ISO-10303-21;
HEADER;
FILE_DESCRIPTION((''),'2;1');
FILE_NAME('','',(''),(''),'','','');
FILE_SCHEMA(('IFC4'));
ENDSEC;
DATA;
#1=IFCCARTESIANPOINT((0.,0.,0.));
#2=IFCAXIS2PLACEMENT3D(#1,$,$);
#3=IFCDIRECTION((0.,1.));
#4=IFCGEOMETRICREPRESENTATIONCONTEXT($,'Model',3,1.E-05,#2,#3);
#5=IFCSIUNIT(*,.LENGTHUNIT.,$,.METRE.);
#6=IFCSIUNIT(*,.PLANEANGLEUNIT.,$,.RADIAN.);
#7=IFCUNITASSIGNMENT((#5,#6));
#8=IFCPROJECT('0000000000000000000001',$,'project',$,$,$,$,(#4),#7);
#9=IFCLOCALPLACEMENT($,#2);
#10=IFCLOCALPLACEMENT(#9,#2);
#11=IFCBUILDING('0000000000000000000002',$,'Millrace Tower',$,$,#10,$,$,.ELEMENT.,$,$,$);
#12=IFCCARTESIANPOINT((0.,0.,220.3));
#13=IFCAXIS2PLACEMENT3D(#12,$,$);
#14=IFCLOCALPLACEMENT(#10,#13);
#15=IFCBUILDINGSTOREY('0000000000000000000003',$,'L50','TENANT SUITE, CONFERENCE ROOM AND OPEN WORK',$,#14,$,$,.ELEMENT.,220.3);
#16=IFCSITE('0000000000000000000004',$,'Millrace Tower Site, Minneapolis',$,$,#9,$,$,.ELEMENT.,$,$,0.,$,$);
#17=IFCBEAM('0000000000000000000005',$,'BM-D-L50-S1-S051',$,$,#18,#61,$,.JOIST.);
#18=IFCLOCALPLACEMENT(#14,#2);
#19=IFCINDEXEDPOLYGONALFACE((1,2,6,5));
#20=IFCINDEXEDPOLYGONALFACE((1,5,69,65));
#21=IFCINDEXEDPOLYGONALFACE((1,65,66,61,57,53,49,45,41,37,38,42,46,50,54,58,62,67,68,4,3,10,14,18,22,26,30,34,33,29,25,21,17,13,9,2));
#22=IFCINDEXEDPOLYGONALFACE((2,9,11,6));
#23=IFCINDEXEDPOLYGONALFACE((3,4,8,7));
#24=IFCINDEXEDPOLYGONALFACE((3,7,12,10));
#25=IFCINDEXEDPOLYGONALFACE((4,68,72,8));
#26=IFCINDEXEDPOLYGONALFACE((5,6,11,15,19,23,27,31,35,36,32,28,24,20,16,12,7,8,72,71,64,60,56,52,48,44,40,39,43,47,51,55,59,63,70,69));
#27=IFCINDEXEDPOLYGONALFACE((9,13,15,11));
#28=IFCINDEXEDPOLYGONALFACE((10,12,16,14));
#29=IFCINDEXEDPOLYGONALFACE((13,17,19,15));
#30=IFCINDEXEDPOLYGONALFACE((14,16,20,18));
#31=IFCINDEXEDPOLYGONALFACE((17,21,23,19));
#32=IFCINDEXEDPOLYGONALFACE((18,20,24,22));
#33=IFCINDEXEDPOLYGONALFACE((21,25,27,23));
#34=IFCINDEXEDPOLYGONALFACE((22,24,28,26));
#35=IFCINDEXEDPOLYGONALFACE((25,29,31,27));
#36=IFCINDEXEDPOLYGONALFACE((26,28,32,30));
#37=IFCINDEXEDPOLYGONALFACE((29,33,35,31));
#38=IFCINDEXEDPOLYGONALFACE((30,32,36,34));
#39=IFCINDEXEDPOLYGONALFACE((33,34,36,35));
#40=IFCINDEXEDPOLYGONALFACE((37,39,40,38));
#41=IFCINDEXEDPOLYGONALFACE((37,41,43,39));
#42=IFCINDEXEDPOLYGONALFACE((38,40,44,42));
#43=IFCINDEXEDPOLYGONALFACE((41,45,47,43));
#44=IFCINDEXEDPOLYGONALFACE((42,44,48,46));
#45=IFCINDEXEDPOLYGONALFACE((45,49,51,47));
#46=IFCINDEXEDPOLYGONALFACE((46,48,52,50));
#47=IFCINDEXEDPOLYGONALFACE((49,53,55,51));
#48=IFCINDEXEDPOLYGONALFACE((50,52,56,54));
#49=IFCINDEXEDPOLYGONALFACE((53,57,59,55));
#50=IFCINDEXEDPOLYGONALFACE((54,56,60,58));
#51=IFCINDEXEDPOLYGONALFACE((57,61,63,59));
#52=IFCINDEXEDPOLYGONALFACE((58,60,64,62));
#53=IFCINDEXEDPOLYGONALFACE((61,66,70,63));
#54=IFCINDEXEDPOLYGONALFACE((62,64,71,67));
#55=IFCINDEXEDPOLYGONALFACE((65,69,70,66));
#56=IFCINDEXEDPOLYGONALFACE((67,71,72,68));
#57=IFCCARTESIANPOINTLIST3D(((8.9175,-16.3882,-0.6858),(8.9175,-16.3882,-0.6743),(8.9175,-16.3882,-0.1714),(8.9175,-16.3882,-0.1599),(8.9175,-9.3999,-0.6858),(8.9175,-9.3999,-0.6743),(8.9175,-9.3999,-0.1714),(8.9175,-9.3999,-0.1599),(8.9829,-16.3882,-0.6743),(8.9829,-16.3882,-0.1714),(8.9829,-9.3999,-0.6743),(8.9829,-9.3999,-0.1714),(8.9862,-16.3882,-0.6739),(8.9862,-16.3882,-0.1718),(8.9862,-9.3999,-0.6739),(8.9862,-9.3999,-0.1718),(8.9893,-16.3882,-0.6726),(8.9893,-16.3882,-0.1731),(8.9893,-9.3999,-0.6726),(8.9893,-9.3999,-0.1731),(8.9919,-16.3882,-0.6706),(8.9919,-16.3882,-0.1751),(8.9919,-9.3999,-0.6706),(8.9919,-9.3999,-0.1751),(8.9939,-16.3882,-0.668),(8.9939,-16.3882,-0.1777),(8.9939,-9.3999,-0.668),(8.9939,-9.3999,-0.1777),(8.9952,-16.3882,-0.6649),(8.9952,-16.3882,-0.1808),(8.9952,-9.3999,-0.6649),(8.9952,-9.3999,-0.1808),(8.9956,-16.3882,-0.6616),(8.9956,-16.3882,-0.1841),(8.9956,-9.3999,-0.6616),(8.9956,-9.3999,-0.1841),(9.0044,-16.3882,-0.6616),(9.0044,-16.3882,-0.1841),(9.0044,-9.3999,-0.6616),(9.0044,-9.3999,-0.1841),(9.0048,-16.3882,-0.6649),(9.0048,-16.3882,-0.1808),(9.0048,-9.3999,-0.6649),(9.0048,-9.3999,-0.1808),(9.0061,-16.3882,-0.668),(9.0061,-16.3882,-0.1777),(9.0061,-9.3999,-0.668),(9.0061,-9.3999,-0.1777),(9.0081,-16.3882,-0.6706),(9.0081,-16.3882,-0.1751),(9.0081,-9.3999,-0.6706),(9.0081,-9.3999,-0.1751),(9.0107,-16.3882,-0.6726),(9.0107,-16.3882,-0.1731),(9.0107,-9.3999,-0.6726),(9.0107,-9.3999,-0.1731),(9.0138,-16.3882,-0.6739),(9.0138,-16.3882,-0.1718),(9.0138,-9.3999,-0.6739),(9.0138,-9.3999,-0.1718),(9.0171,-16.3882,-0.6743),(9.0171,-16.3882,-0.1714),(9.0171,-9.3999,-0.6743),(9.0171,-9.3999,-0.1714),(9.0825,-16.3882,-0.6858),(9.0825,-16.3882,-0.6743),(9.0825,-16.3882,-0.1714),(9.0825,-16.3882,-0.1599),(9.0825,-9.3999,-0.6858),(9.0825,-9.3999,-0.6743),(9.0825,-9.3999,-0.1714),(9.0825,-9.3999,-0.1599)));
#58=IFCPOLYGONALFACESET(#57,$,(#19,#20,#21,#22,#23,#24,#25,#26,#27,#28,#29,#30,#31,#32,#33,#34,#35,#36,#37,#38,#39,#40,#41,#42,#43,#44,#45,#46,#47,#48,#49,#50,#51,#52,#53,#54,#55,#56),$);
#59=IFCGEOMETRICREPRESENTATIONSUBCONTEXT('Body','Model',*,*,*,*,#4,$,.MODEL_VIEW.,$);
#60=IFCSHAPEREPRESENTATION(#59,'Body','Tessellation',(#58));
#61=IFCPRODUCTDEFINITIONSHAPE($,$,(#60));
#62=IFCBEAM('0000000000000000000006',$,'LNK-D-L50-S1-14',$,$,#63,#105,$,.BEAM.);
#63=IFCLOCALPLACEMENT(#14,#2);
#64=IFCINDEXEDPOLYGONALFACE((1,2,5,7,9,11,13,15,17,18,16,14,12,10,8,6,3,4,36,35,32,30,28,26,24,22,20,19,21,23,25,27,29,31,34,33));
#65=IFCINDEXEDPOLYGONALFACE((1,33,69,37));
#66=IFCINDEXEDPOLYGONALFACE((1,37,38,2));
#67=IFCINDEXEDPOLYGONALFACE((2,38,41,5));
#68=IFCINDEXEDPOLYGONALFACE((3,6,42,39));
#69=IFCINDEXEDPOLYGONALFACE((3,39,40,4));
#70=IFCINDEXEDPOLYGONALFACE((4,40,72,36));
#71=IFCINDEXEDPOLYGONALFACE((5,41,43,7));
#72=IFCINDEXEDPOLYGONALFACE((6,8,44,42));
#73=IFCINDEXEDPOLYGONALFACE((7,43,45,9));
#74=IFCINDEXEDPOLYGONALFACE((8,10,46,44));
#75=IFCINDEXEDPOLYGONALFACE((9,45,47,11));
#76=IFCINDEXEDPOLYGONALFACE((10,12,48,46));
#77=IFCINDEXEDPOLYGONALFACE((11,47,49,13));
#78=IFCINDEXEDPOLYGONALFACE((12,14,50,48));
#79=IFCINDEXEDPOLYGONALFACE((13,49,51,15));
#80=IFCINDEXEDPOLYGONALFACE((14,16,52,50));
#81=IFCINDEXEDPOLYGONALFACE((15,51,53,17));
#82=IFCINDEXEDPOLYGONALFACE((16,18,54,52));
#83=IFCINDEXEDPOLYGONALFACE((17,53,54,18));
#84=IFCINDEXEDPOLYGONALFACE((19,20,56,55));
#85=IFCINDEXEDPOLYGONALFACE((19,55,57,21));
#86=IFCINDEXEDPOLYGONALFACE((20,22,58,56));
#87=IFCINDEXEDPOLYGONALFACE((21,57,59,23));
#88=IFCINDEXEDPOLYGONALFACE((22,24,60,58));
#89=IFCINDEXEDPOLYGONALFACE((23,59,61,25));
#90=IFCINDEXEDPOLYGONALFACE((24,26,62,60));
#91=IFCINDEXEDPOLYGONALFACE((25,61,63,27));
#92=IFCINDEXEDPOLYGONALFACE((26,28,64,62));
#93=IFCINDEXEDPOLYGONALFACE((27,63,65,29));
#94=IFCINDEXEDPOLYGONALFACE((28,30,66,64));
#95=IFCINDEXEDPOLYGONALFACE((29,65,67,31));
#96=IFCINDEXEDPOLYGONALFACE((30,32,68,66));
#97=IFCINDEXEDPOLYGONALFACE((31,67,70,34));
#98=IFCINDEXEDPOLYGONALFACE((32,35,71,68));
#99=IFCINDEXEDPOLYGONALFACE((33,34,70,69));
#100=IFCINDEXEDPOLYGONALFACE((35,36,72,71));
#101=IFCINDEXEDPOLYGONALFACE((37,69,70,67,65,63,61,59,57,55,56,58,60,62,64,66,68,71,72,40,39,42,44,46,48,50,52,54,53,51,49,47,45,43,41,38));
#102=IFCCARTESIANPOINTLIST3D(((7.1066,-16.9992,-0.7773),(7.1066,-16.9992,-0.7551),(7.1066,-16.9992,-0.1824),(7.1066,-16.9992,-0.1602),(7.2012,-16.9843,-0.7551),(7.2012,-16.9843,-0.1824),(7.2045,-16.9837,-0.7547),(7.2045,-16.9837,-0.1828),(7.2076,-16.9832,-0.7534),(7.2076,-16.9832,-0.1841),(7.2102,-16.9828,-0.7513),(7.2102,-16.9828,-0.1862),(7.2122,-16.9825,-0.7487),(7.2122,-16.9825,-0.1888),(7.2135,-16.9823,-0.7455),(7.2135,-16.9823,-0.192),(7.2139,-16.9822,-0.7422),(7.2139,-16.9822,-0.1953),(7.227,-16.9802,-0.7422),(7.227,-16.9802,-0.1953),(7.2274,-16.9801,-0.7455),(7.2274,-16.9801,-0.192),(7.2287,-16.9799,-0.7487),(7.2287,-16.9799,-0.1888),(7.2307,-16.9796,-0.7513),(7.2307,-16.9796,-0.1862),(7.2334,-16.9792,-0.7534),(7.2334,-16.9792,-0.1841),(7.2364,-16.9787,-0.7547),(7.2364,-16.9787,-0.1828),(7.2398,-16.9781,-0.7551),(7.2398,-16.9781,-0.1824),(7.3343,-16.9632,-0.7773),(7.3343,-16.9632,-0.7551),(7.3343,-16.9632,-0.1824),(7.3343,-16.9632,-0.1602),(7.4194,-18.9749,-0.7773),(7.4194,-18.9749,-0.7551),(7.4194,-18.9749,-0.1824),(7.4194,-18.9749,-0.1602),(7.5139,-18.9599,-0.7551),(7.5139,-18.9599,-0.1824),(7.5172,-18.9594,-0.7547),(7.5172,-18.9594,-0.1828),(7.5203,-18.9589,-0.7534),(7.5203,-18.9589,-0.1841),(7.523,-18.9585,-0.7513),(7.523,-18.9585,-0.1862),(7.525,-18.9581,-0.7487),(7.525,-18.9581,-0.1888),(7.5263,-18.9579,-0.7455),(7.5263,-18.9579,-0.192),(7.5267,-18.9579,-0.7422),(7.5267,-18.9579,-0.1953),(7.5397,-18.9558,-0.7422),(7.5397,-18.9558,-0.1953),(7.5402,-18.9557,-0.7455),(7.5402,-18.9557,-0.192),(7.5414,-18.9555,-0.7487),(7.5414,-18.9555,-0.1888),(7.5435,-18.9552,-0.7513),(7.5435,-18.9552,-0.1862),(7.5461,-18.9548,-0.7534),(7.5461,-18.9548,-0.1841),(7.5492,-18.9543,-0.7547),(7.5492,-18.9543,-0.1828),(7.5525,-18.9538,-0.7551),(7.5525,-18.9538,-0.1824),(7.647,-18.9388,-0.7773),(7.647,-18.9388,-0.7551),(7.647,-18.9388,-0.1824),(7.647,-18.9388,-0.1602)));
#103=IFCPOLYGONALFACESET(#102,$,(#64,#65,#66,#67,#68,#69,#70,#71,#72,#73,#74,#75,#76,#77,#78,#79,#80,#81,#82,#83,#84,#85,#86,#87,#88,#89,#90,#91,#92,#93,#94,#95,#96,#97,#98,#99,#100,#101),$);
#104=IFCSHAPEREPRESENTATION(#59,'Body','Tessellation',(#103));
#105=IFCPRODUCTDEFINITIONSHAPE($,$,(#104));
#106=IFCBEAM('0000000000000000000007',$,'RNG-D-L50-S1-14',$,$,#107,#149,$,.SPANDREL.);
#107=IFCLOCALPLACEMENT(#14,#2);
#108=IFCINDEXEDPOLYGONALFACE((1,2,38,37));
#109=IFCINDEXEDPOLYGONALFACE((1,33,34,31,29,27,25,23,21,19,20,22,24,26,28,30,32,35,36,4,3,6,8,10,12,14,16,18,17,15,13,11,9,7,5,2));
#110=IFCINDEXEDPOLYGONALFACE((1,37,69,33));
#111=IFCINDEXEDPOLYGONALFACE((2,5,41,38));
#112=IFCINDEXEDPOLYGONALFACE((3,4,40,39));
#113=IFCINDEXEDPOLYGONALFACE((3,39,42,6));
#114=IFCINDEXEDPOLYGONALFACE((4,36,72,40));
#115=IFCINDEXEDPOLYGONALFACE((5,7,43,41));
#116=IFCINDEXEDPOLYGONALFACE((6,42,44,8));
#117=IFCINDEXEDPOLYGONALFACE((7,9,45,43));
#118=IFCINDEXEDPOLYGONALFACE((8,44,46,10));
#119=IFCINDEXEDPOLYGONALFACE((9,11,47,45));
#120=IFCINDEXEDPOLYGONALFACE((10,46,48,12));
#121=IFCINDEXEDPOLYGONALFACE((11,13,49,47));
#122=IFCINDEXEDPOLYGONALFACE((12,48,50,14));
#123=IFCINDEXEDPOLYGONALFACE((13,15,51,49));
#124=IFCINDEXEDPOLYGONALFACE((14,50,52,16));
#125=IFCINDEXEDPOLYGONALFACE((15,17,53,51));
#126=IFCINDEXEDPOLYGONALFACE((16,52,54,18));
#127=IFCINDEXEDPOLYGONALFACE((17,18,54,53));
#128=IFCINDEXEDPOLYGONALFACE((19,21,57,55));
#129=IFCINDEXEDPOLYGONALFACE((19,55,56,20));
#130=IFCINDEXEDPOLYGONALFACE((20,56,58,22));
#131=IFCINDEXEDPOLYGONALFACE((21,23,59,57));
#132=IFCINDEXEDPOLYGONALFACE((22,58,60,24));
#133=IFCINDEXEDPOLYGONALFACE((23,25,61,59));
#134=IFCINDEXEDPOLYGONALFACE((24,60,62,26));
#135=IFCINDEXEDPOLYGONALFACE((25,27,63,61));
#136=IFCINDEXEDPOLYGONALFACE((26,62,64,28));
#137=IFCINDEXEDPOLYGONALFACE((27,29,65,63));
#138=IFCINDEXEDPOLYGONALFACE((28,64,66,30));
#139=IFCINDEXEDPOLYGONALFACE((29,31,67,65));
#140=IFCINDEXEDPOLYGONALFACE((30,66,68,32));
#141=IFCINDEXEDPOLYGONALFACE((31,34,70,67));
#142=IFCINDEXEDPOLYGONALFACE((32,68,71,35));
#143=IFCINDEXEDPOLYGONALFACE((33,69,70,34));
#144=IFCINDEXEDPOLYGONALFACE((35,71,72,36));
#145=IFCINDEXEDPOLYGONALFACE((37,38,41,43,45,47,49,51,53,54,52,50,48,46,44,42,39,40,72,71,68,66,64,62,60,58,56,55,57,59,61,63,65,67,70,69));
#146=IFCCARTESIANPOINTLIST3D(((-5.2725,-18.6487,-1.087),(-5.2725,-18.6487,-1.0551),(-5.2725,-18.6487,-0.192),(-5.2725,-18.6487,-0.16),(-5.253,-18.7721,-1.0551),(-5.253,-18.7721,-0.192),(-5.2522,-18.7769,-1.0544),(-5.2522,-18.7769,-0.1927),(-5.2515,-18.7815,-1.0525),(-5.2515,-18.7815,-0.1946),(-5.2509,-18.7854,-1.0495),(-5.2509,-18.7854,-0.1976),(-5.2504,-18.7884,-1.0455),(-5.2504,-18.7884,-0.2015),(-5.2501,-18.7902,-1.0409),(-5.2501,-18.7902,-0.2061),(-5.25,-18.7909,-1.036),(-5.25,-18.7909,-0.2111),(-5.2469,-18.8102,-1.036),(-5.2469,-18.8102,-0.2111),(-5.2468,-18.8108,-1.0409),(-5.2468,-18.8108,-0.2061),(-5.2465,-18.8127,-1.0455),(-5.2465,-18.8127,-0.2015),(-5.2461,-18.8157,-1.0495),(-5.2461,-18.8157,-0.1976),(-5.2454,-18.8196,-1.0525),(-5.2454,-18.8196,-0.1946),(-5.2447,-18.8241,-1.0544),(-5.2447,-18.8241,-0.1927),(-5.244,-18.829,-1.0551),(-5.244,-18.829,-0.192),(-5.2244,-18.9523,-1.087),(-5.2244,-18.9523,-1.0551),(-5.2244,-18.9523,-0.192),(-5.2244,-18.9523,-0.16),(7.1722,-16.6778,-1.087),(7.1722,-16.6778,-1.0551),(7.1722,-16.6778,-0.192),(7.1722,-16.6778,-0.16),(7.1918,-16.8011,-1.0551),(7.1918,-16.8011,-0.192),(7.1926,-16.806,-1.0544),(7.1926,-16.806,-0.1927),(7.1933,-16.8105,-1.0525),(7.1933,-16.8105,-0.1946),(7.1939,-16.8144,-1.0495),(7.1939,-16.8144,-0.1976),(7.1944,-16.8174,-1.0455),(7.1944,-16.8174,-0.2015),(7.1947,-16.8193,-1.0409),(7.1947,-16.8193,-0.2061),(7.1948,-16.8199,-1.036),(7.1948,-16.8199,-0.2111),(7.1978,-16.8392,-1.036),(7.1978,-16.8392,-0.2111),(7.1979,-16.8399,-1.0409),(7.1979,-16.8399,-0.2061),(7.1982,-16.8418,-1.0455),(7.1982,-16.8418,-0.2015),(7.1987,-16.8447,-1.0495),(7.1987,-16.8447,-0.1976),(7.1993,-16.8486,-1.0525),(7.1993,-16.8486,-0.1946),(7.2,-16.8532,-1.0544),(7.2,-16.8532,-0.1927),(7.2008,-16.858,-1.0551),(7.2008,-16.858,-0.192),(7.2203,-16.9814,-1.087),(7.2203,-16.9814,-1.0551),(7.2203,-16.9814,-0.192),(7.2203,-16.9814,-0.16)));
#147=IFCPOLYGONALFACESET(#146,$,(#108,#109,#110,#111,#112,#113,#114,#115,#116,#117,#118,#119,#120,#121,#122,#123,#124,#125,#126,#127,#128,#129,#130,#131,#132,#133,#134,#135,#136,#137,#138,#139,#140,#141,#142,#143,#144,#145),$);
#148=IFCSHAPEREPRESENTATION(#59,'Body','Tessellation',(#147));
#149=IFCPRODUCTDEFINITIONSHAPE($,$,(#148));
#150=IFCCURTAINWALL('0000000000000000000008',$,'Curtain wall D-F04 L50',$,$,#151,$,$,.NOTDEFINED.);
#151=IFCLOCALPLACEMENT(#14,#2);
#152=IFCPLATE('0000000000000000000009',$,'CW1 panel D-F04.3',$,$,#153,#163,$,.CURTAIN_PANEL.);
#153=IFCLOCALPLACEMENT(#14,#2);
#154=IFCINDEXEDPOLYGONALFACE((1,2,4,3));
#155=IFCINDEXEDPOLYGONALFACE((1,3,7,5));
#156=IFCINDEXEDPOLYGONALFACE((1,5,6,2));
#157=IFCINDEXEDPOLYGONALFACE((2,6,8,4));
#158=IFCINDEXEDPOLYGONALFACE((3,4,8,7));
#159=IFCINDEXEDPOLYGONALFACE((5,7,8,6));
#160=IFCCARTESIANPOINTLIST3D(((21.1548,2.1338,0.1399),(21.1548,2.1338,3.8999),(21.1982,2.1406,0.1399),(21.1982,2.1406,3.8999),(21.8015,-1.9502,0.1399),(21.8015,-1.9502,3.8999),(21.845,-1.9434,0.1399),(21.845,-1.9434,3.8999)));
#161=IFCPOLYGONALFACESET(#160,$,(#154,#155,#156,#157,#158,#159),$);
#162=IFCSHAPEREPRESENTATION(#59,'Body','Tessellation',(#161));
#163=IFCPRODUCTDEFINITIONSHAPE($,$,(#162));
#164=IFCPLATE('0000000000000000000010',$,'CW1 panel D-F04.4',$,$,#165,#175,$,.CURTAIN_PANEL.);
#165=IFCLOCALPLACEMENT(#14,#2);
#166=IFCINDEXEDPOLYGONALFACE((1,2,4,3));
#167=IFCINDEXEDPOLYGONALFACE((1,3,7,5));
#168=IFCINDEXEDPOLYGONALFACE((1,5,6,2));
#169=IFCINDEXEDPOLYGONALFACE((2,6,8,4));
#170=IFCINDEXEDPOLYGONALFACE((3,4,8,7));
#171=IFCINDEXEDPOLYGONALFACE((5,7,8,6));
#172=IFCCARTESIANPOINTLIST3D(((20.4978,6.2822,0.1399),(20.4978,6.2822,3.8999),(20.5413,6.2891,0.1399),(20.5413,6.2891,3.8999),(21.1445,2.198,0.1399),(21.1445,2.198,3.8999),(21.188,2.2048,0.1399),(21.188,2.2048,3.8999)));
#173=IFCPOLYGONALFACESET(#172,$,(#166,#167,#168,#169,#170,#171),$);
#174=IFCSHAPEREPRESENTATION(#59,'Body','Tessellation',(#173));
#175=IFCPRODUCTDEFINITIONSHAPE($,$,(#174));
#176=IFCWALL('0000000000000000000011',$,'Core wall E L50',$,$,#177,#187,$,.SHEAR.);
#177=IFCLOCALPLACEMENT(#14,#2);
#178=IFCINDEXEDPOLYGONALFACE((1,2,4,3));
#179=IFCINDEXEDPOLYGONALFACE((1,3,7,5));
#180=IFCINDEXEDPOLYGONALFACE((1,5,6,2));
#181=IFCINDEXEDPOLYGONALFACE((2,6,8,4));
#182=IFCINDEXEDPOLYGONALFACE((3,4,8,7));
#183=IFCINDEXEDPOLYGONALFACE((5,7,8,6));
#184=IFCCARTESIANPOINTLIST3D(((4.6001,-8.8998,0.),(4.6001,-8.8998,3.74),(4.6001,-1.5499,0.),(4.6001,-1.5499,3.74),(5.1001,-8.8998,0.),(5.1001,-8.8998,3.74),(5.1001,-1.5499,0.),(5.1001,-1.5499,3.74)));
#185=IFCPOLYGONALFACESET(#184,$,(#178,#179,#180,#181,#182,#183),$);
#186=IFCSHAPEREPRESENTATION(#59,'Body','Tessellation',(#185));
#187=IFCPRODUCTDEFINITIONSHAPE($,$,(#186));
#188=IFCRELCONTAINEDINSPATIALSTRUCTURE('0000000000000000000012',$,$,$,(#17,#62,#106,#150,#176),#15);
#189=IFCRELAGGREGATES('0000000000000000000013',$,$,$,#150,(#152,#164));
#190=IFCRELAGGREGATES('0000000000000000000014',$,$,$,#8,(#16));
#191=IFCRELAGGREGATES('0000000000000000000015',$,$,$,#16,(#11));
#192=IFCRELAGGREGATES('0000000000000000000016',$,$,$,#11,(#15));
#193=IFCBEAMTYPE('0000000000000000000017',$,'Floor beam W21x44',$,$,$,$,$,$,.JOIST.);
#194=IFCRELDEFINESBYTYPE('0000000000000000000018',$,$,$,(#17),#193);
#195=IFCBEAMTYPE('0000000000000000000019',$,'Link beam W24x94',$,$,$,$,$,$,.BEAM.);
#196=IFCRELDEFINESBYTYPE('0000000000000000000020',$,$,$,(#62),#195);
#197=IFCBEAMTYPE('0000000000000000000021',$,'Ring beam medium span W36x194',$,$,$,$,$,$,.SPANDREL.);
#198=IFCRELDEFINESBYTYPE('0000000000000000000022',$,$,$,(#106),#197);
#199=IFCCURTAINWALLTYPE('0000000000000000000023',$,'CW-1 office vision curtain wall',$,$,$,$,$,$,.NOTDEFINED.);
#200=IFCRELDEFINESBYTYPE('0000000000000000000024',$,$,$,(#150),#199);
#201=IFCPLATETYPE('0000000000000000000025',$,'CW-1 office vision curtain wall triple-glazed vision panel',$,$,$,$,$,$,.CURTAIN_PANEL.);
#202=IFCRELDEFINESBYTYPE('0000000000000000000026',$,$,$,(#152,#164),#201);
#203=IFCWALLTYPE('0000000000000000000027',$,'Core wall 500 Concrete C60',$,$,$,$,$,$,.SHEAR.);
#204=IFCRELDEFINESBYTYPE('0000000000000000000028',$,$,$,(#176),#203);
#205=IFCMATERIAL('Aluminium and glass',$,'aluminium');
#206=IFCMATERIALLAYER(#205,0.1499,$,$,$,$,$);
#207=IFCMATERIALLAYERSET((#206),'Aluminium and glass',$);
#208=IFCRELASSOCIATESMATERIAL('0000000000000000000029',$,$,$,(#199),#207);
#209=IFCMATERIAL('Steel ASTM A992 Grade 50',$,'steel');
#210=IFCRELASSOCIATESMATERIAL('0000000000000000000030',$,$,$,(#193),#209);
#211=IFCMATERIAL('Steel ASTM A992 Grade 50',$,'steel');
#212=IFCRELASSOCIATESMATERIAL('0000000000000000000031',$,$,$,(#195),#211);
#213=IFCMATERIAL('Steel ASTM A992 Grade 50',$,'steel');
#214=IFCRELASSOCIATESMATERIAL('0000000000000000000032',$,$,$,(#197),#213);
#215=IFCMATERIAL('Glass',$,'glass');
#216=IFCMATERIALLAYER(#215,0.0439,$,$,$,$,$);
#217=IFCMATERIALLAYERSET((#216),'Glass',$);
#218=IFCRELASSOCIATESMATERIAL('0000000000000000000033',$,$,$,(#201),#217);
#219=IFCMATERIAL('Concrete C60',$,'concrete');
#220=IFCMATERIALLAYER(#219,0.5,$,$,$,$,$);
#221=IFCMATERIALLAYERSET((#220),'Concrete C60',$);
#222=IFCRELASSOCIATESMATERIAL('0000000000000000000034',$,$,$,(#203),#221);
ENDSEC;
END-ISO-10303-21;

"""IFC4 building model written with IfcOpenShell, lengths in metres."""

from ifc_helpers import new_model, si_unit, direction, frame, frame_2d, origin, origin_2d, place, context, subcontext, project, spatial, polyline, rectangle, i_section, outline, extrude, material, layer, layer_set, material_profile, profile_set, type_object, element, aggregate, save


model = new_model("IFC4")

# Units and contexts
model_context = context("Model", 3, precision=1e-05, world=origin(), true_north=direction((0.0, 1.0)))
body_context = subcontext(model_context, "Body", "Model", "MODEL_VIEW")
ifc_project = project(units=[si_unit("LENGTHUNIT", "METRE"), si_unit("PLANEANGLEUNIT", "RADIAN")], contexts=[model_context])

# Site, building, storey
site_placement = place(None, origin())
site = spatial("IfcSite", under=ifc_project, at=site_placement, Name="Millrace Tower Site, Minneapolis", CompositionType="ELEMENT", RefElevation=0.0)
building_placement = place(site_placement, origin())
building = spatial("IfcBuilding", under=site, at=building_placement, Name="Millrace Tower", CompositionType="ELEMENT")
storey_placement = place(building_placement, frame((0.0, 0.0, 220.3)))
storey = spatial("IfcBuildingStorey", under=building, at=storey_placement, Name="L50", Description="TENANT SUITE, CONFERENCE ROOM AND OPEN WORK", CompositionType="ELEMENT", Elevation=220.3)

# Shared definitions
ifc_material_1 = material(Name="Aluminium and glass", Category="aluminium")
ifc_layer_1 = layer(ifc_material_1, 0.1499)
ifc_layer_set_1 = layer_set([ifc_layer_1], Name="Aluminium and glass")
curtain_wall_type = type_object("IfcCurtainWallType", Name="CW-1 office vision curtain wall", PredefinedType="NOTDEFINED", material=ifc_layer_set_1)
placement_1 = place(storey_placement, origin())

# Beams
ifc_material_2 = material(Name="Steel ASTM A992 Grade 50", Category="steel")
ifc_material_profile_1 = material_profile(ifc_material_2, i_section(OverallWidth=0.165, OverallDepth=0.5259, WebThickness=0.0088, FlangeThickness=0.0115, FilletRadius=0.0127, at=origin_2d()))
ifc_profile_set_1 = profile_set([ifc_material_profile_1], Name="Steel ASTM A992 Grade 50")
beam_type_1 = type_object("IfcBeamType", Name="Floor beam W21x44", PredefinedType="JOIST", material=ifc_profile_set_1)
beam_1_placement = place(storey_placement, frame((9.0, -16.3882, -0.4229), z_axis=(0.0, 1.0, 0.0), x_axis=(-1.0, 0.0, 0.0)))
element("IfcBeam", 1, at=beam_1_placement, inside=storey, type_object=beam_type_1, Name="BM-D-L50-S1-S051", PredefinedType="JOIST", context=body_context, shape_type="SweptSolid", body=[
    extrude(i_section(OverallWidth=0.165, OverallDepth=0.5259, WebThickness=0.0088, FlangeThickness=0.0115, FilletRadius=0.0127, at=origin_2d()), origin(), (0.0, 0.0, 1.0), 6.9883),
])
ifc_material_3 = material(Name="Steel ASTM A992 Grade 50", Category="steel")
ifc_material_profile_2 = material_profile(ifc_material_3, i_section(OverallWidth=0.2305, OverallDepth=0.6172, WebThickness=0.0132, FlangeThickness=0.0222, FilletRadius=0.0129, at=origin_2d()))
ifc_profile_set_2 = profile_set([ifc_material_profile_2], Name="Steel ASTM A992 Grade 50")
beam_type_2 = type_object("IfcBeamType", Name="Link beam W24x94", PredefinedType="BEAM", material=ifc_profile_set_2)
beam_2_placement = place(storey_placement, frame((7.2205, -16.9812, -0.4688), z_axis=(0.156357, -0.987701, 0.0), x_axis=(0.987701, 0.156357, 0.0)))
element("IfcBeam", 2, at=beam_2_placement, inside=storey, type_object=beam_type_2, Name="LNK-D-L50-S1-14", PredefinedType="BEAM", context=body_context, shape_type="SweptSolid", body=[
    extrude(i_section(OverallWidth=0.2305, OverallDepth=0.6172, WebThickness=0.0132, FlangeThickness=0.0222, FilletRadius=0.0129, at=origin_2d()), origin(), (0.0, 0.0, 1.0), 2.0002),
])
ifc_material_4 = material(Name="Steel ASTM A992 Grade 50", Category="steel")
ifc_material_profile_3 = material_profile(ifc_material_4, i_section(OverallWidth=0.3074, OverallDepth=0.927, WebThickness=0.0195, FlangeThickness=0.032, FilletRadius=0.019, at=origin_2d()))
ifc_profile_set_3 = profile_set([ifc_material_profile_3], Name="Steel ASTM A992 Grade 50")
beam_type_3 = type_object("IfcBeamType", Name="Ring beam medium span W36x194", PredefinedType="SPANDREL", material=ifc_profile_set_3)
beam_3_placement = place(storey_placement, frame((7.1963, -16.8296, -0.6235), z_axis=(-0.98769, -0.156425, 0.0), x_axis=(0.156425, -0.98769, 0.0)))
element("IfcBeam", 3, at=beam_3_placement, inside=storey, type_object=beam_type_3, Name="RNG-D-L50-S1-14", PredefinedType="SPANDREL", context=body_context, shape_type="SweptSolid", body=[
    extrude(i_section(OverallWidth=0.3074, OverallDepth=0.927, WebThickness=0.0195, FlangeThickness=0.032, FilletRadius=0.019, at=origin_2d()), origin(), (0.0, 0.0, 1.0), 12.5999),
])

# Curtain wall, plates
curtain_wall_1 = element("IfcCurtainWall", 4, at=placement_1, inside=storey, type_object=curtain_wall_type, Name="Curtain wall D-F04 L50", PredefinedType="NOTDEFINED")
ifc_material_5 = material(Name="Glass", Category="glass")
ifc_layer_2 = layer(ifc_material_5, 0.0439)
ifc_layer_set_2 = layer_set([ifc_layer_2], Name="Glass")
plate_type = type_object("IfcPlateType", Name="CW-1 office vision curtain wall triple-glazed vision panel", PredefinedType="CURTAIN_PANEL", material=ifc_layer_set_2)
placement_2 = place(storey_placement, frame((0.0, 0.0, 0.1399)))
plate_1 = element("IfcPlate", 5, at=placement_2, type_object=plate_type, Name="CW1 panel D-F04.3", PredefinedType="CURTAIN_PANEL", context=body_context, shape_type="SweptSolid", body=[
    extrude(outline(polyline([(21.845, -1.9434), (21.1982, 2.1406), (21.1548, 2.1338), (21.8015, -1.9502), (21.845, -1.9434)])), origin(), (0.0, 0.0, 1.0), 3.76),
])
plate_2 = element("IfcPlate", 6, at=placement_2, type_object=plate_type, Name="CW1 panel D-F04.4", PredefinedType="CURTAIN_PANEL", context=body_context, shape_type="SweptSolid", body=[
    extrude(outline(polyline([(21.188, 2.2048), (20.5413, 6.2891), (20.4978, 6.2822), (21.1445, 2.198), (21.188, 2.2048)])), origin(), (0.0, 0.0, 1.0), 3.76),
])
aggregate(curtain_wall_1, [plate_1, plate_2])

# Wall
ifc_material_6 = material(Name="Concrete C60", Category="concrete")
ifc_layer_3 = layer(ifc_material_6, 0.5)
ifc_layer_set_3 = layer_set([ifc_layer_3], Name="Concrete C60")
wall_type_1 = type_object("IfcWallType", Name="Core wall 500 Concrete C60", PredefinedType="SHEAR", material=ifc_layer_set_3)
wall_1_placement = place(storey_placement, frame((4.8501, -1.55, 0.0), z_axis=(0.0, 0.0, 1.0), x_axis=(0.0, -1.0, 0.0)))
element("IfcWall", 7, at=wall_1_placement, inside=storey, type_object=wall_type_1, Name="Core wall E L50", PredefinedType="SHEAR", context=body_context, shape_type="SweptSolid", body=[
    extrude(rectangle(XDim=7.3499, YDim=0.5, at=frame_2d((3.6748, 0.0))), origin(), (0.0, 0.0, 1.0), 3.74),
])

save(model, "model.ifc")
